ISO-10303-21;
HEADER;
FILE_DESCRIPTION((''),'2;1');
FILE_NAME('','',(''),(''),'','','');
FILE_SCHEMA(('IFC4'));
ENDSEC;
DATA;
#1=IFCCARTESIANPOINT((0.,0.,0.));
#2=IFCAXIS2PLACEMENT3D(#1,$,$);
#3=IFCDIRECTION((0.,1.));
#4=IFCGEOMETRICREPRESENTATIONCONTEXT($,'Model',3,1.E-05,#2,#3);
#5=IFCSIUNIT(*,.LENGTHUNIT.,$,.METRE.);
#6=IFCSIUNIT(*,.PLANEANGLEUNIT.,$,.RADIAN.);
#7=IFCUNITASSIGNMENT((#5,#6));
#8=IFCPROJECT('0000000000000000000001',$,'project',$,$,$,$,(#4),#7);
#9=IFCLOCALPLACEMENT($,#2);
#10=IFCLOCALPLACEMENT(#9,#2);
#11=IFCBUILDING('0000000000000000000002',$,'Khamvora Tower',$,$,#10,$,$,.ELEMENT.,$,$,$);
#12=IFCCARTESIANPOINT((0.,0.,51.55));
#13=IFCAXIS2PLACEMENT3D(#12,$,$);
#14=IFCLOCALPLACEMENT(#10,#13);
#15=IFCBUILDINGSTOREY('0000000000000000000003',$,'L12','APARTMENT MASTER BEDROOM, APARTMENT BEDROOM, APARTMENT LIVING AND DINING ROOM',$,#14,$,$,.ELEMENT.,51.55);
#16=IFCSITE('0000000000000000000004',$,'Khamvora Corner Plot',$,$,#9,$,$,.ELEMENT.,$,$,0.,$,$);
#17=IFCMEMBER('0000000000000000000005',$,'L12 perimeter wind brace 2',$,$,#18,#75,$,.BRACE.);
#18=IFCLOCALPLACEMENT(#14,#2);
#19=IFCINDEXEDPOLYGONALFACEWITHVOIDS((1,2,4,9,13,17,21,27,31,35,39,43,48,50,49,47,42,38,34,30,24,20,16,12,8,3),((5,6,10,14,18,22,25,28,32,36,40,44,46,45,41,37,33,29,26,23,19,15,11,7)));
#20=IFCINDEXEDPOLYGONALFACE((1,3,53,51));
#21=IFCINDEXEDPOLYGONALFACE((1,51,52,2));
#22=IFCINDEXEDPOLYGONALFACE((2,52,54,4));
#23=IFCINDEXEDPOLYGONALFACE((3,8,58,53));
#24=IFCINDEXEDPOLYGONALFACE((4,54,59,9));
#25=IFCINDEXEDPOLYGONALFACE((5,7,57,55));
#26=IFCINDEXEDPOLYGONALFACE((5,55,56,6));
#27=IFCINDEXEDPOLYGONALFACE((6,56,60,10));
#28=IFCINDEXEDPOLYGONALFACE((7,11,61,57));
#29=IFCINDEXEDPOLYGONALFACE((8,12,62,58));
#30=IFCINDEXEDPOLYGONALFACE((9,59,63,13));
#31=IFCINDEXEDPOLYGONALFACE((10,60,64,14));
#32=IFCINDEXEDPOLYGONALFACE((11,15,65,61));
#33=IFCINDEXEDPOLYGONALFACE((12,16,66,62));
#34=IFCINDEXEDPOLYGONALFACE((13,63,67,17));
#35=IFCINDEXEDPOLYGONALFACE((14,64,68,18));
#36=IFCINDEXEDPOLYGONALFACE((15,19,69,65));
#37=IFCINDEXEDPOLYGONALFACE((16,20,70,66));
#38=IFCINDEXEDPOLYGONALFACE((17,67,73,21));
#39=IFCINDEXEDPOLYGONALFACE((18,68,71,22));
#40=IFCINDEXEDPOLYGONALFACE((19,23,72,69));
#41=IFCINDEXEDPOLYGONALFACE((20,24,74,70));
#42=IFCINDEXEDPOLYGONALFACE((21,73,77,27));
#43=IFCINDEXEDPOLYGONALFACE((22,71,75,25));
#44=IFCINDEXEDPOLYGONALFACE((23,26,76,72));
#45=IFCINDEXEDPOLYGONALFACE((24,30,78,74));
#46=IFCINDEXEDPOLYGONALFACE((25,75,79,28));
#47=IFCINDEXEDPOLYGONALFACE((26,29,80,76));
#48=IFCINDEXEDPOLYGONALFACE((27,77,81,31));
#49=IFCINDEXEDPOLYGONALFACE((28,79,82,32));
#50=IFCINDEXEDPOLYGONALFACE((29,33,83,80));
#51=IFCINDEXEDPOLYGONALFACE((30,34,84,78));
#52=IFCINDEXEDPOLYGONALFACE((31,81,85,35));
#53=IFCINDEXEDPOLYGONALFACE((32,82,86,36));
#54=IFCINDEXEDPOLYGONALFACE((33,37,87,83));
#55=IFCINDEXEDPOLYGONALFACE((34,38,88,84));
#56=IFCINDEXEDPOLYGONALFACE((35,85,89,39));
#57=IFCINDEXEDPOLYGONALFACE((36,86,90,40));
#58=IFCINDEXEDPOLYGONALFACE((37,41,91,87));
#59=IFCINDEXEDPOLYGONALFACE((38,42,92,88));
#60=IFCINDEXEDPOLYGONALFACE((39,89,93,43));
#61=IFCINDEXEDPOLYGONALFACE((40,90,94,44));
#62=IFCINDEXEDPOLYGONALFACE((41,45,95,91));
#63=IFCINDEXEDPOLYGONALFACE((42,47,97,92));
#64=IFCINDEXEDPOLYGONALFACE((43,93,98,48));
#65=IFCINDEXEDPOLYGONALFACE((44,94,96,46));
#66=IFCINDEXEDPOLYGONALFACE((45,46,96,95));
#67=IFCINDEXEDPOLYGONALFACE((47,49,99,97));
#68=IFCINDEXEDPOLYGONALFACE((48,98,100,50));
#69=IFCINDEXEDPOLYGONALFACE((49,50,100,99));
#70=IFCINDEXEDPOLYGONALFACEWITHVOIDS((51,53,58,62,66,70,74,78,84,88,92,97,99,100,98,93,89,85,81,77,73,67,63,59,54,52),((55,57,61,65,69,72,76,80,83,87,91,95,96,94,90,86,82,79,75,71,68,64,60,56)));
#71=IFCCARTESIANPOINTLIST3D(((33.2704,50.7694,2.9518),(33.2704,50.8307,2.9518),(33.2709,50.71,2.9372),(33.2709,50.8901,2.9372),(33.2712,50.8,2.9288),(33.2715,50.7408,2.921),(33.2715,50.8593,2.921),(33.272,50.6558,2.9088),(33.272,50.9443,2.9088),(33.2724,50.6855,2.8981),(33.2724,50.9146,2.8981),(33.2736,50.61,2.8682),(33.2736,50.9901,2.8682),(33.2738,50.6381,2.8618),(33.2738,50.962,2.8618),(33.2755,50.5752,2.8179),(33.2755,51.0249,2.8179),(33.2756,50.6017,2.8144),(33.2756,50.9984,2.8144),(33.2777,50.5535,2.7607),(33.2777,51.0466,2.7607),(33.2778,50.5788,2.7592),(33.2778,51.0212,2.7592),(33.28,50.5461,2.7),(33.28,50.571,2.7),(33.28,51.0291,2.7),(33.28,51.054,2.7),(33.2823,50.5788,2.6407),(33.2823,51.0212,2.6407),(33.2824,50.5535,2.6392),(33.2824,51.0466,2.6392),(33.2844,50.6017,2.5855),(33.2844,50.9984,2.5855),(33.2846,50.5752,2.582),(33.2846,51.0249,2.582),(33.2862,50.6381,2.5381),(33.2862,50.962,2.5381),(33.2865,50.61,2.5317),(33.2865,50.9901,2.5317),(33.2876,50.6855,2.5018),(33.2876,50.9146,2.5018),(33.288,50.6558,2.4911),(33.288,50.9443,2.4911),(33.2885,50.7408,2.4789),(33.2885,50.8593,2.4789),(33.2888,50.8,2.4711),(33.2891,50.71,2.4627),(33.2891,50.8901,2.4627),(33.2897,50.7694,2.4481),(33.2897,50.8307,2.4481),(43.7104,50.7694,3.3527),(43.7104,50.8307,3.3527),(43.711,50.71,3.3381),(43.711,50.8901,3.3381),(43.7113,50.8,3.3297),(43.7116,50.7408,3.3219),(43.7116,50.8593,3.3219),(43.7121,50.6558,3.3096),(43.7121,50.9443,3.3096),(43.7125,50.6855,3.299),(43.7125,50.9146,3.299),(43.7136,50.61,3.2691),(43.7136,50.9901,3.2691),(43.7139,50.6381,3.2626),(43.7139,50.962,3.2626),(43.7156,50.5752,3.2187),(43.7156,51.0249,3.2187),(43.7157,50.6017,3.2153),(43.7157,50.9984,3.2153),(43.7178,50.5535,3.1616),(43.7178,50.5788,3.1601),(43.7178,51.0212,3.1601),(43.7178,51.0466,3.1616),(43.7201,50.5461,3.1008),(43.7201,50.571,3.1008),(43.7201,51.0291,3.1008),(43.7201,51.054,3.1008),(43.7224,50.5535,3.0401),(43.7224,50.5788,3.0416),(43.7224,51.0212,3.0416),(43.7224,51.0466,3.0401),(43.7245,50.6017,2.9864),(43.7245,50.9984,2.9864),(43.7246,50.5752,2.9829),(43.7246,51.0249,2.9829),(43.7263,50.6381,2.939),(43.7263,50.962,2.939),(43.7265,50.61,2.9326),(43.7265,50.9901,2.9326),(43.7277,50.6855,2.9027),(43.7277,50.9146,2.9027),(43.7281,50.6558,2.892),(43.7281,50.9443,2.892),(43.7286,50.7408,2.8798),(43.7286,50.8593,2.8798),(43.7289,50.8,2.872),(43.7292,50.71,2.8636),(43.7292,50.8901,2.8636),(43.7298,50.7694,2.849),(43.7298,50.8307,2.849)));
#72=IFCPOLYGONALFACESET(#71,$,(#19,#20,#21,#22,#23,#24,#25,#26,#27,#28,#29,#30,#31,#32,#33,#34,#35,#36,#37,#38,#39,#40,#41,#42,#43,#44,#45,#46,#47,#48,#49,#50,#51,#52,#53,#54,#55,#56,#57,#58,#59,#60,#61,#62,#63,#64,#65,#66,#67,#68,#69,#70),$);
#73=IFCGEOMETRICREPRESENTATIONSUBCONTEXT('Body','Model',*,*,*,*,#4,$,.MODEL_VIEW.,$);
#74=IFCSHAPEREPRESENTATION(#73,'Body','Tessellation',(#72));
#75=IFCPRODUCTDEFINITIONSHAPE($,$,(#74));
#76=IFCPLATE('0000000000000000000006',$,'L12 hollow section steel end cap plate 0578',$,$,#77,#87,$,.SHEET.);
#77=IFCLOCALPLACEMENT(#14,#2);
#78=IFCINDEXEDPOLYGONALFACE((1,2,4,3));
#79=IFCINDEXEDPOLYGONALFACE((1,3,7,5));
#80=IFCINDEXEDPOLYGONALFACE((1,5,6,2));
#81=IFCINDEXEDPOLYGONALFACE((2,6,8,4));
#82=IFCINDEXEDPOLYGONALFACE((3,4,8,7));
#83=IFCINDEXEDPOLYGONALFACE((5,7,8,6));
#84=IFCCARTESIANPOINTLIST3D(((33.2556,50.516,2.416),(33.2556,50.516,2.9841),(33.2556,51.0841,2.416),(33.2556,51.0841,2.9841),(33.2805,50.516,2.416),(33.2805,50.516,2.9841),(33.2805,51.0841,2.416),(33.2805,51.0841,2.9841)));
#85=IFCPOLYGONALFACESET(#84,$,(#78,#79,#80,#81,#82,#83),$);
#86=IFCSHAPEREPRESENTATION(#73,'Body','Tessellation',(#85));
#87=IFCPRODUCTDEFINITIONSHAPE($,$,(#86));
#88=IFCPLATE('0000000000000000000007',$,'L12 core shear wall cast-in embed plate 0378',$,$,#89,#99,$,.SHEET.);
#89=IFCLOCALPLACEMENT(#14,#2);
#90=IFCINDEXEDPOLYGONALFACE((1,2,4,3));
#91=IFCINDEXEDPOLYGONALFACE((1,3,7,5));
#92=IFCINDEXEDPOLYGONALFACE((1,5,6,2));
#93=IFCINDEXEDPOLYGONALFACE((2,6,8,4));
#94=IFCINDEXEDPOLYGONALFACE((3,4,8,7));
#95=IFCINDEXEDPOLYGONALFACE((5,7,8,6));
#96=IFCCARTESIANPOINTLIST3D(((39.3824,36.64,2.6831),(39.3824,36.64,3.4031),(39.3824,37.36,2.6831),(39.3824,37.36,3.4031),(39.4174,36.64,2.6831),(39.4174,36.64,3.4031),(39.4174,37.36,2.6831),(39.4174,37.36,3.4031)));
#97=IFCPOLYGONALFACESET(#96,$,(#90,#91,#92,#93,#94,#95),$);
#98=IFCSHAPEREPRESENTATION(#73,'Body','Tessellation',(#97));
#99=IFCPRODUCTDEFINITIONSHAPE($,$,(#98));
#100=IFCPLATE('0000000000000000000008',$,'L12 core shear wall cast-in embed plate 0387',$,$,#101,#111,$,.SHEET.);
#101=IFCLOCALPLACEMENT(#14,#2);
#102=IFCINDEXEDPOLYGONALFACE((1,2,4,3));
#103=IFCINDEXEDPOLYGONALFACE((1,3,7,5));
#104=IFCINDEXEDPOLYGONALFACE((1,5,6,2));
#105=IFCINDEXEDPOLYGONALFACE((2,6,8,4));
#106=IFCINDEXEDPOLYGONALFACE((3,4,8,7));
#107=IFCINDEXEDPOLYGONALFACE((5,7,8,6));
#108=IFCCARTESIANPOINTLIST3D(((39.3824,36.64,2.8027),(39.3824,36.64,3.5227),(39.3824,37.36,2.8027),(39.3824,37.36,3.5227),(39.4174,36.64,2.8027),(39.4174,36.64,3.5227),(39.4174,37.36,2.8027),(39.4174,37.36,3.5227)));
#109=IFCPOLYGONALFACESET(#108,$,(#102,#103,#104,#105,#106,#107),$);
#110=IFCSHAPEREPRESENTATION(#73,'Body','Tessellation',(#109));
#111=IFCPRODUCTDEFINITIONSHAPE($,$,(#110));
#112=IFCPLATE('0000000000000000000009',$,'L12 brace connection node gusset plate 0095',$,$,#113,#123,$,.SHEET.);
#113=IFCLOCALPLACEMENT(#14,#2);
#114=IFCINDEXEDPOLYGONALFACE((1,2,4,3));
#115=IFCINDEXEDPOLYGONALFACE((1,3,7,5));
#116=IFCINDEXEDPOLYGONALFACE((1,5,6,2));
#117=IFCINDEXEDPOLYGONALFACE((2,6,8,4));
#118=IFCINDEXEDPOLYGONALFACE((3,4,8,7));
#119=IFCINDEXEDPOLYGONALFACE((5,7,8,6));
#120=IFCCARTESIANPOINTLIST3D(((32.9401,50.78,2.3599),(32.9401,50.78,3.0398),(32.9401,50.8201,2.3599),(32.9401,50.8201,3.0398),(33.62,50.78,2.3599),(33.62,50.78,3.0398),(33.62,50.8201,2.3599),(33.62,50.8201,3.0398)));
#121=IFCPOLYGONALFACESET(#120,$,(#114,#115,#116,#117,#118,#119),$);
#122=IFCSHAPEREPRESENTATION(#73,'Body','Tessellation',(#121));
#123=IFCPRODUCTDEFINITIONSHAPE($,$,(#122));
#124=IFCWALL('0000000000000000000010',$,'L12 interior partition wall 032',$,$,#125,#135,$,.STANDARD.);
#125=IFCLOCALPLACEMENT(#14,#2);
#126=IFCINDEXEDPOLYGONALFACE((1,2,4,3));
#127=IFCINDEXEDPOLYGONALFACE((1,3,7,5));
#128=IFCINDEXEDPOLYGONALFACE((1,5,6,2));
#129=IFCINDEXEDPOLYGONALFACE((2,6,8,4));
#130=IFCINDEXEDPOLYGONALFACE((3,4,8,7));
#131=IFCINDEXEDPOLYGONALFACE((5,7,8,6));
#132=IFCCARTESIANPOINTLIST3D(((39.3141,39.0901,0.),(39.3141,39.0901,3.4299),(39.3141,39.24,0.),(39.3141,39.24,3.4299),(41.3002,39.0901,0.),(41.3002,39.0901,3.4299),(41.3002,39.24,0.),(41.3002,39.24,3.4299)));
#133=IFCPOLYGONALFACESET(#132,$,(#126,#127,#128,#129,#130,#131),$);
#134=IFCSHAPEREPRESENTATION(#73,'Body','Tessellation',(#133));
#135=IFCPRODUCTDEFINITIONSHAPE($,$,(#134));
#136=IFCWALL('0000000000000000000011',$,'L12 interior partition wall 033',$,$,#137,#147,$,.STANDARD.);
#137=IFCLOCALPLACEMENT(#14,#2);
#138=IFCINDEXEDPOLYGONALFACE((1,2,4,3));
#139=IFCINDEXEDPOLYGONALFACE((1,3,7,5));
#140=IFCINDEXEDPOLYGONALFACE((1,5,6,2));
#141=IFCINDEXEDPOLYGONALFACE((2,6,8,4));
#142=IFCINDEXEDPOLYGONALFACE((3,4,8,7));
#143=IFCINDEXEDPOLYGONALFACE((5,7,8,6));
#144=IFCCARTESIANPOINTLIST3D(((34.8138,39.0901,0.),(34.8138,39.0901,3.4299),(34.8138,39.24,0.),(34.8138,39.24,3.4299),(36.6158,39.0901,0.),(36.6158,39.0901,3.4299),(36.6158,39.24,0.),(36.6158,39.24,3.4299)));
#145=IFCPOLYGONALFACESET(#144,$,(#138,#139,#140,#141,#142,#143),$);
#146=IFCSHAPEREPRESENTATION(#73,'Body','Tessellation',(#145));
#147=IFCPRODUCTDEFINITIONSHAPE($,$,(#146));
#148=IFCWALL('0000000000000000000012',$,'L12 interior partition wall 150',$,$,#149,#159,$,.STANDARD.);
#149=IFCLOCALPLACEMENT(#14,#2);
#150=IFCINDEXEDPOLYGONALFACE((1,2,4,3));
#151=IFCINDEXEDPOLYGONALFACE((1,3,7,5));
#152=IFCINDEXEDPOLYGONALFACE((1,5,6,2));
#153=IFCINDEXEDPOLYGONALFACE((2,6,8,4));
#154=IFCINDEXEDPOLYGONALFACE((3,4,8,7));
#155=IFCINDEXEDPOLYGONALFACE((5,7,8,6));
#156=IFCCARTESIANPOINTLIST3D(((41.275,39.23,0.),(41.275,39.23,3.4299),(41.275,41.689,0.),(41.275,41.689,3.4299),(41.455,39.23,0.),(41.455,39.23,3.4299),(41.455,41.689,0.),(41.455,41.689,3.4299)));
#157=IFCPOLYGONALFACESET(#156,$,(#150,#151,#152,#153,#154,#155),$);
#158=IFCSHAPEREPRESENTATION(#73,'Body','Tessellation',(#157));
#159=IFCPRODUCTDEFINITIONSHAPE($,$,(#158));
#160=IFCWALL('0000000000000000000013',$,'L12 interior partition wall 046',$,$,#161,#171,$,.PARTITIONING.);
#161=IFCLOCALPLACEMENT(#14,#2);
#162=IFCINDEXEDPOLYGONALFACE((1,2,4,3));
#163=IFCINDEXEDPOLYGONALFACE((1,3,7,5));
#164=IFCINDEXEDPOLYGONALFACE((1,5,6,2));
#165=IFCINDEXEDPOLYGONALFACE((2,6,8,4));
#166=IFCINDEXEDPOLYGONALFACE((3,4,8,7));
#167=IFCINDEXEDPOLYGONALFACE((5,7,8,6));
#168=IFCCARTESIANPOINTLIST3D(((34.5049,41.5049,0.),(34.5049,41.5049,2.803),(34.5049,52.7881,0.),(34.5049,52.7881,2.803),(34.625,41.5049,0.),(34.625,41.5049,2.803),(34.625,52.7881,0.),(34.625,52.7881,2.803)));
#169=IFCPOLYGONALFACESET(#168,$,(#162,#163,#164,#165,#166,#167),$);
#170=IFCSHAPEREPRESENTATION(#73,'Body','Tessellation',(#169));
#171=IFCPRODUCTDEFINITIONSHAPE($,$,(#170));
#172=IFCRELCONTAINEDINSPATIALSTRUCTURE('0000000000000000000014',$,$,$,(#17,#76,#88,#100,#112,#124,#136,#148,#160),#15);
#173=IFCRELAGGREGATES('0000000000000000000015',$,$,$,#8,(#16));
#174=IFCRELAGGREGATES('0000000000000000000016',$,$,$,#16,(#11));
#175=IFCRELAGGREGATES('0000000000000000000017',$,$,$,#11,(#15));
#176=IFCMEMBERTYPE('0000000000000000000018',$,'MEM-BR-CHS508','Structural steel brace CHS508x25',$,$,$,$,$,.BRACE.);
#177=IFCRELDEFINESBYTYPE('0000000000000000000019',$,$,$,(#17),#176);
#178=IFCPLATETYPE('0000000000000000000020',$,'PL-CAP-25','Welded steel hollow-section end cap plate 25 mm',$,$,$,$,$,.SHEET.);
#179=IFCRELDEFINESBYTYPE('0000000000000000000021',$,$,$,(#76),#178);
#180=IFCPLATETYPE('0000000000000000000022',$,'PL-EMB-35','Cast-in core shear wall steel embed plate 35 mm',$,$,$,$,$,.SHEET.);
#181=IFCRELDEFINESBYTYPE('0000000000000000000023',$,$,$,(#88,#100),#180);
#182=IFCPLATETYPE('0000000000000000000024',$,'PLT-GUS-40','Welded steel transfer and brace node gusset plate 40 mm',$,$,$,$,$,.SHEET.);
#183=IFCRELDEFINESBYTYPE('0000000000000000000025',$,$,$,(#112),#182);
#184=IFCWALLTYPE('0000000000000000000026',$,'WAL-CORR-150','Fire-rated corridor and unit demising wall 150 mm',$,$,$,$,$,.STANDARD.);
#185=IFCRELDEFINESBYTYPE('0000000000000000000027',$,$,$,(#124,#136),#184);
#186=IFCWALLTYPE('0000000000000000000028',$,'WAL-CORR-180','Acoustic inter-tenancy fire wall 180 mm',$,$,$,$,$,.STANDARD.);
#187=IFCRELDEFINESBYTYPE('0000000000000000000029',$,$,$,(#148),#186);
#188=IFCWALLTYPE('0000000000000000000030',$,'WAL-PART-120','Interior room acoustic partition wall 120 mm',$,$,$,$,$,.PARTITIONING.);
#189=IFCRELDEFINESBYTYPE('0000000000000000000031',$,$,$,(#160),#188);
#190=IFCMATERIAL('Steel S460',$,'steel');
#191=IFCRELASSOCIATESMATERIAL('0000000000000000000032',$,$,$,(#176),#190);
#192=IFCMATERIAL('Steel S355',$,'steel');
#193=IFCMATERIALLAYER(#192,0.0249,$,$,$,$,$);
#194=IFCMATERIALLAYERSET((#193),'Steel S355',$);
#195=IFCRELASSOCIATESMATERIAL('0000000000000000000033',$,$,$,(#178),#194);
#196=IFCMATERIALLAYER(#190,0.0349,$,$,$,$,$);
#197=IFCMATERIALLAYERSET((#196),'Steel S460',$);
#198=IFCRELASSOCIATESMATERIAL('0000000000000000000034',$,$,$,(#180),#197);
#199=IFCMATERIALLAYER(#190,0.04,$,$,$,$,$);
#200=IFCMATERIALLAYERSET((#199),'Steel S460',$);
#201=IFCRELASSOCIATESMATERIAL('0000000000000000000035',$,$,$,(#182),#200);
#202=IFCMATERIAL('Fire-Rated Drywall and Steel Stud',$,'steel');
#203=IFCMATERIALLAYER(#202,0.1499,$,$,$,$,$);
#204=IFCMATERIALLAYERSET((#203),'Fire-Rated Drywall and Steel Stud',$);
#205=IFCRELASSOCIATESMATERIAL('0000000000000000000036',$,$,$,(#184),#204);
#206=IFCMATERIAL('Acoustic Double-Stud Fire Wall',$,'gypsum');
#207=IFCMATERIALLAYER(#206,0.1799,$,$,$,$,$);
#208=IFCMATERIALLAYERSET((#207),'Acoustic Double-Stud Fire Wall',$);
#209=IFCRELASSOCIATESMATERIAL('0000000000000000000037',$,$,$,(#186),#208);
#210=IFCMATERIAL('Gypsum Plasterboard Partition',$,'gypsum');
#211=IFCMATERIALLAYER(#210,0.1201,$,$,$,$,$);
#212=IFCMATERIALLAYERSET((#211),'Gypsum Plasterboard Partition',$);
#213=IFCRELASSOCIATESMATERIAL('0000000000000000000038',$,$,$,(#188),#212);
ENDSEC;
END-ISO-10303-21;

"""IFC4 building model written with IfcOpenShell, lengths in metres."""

from ifc_helpers import new_model, si_unit, direction, frame, frame_2d, origin, origin_2d, place, context, subcontext, project, spatial, rectangle, hollow_circle, extrude, material, layer, layer_set, material_profile, profile_set, type_object, element, save


model = new_model("IFC4")

# Units and contexts
model_context = context("Model", 3, precision=1e-05, world=origin(), true_north=direction((0.0, 1.0)))
body_context = subcontext(model_context, "Body", "Model", "MODEL_VIEW")
ifc_project = project(units=[si_unit("LENGTHUNIT", "METRE"), si_unit("PLANEANGLEUNIT", "RADIAN")], contexts=[model_context])

# Site, building, storey
site_placement = place(None, origin())
site = spatial("IfcSite", under=ifc_project, at=site_placement, Name="Khamvora Corner Plot", CompositionType="ELEMENT", RefElevation=0.0)
building_placement = place(site_placement, origin())
building = spatial("IfcBuilding", under=site, at=building_placement, Name="Khamvora Tower", CompositionType="ELEMENT")
storey_placement = place(building_placement, frame((0.0, 0.0, 51.55)))
storey = spatial("IfcBuildingStorey", under=building, at=storey_placement, Name="L12", Description="APARTMENT MASTER BEDROOM, APARTMENT BEDROOM, APARTMENT LIVING AND DINING ROOM", CompositionType="ELEMENT", Elevation=51.55)

# Shared definitions
ifc_material_1 = material(Name="Steel S460", Category="steel")

# Shared definitions
ifc_material_2 = material(Name="Steel S355", Category="steel")

# Member
ifc_material_profile_1 = material_profile(ifc_material_1, hollow_circle(Radius=0.2539, WallThickness=0.0249, at=origin_2d()), Name="CHS508x25")
ifc_profile_set_1 = profile_set([ifc_material_profile_1], Name="Steel S460")
member_type = type_object("IfcMemberType", Name="MEM-BR-CHS508", Description="Structural steel brace CHS508x25", PredefinedType="BRACE", material=ifc_profile_set_1)
member_placement = place(storey_placement, frame((33.28, 50.8, 2.7), z_axis=(0.999264, 0.0, 0.03837), x_axis=(0.0, 1.0, 0.0)))
element("IfcMember", 1, at=member_placement, inside=storey, type_object=member_type, Name="L12 perimeter wind brace 2", PredefinedType="BRACE", context=body_context, shape_type="SweptSolid", body=[
    extrude(hollow_circle(Radius=0.2539, WallThickness=0.0249, at=origin_2d()), origin(), (0.0, 0.0, 1.0), 10.4478),
])

# Plates
ifc_layer_1 = layer(ifc_material_2, 0.0249)
ifc_layer_set_1 = layer_set([ifc_layer_1], Name="Steel S355")
plate_type_1 = type_object("IfcPlateType", Name="PL-CAP-25", Description="Welded steel hollow-section end cap plate 25 mm", PredefinedType="SHEET", material=ifc_layer_set_1)
plate_1_placement = place(storey_placement, frame((33.2681, 50.8, 2.416), z_axis=(0.0, 0.0, 1.0), x_axis=(1.0, 0.0, 0.0)))
element("IfcPlate", 2, at=plate_1_placement, inside=storey, type_object=plate_type_1, Name="L12 hollow section steel end cap plate 0578", PredefinedType="SHEET", context=body_context, shape_type="SweptSolid", body=[
    extrude(rectangle(XDim=0.0249, YDim=0.5681, at=origin_2d()), origin(), (0.0, 0.0, 1.0), 0.5681),
])
ifc_layer_2 = layer(ifc_material_1, 0.0349)
ifc_layer_set_2 = layer_set([ifc_layer_2], Name="Steel S460")
plate_type_2 = type_object("IfcPlateType", Name="PL-EMB-35", Description="Cast-in core shear wall steel embed plate 35 mm", PredefinedType="SHEET", material=ifc_layer_set_2)
for number, where, z_axis, x_axis, name in (
    (3, (39.3999, 37.0, 2.6831), (0.0, 0.0, 1.0), (1.0, 0.0, 0.0), "L12 core shear wall cast-in embed plate 0378"),
    (4, (39.3999, 37.0, 2.8027), (0.0, 0.0, 1.0), (1.0, 0.0, 0.0), "L12 core shear wall cast-in embed plate 0387"),
):
    element("IfcPlate", number, at=place(storey_placement, frame(where, z_axis=z_axis, x_axis=x_axis)), inside=storey, type_object=plate_type_2, Name=name, PredefinedType="SHEET", context=body_context, shape_type="SweptSolid", body=[
        extrude(rectangle(XDim=0.0349, YDim=0.72, at=origin_2d()), origin(), (0.0, 0.0, 1.0), 0.72),
    ])
ifc_layer_3 = layer(ifc_material_1, 0.04)
ifc_layer_set_3 = layer_set([ifc_layer_3], Name="Steel S460")
plate_type_3 = type_object("IfcPlateType", Name="PLT-GUS-40", Description="Welded steel transfer and brace node gusset plate 40 mm", PredefinedType="SHEET", material=ifc_layer_set_3)
plate_2_placement = place(storey_placement, frame((33.28, 50.8, 2.3599), z_axis=(0.0, 0.0, 1.0), x_axis=(1.0, 0.0, 0.0)))
element("IfcPlate", 5, at=plate_2_placement, inside=storey, type_object=plate_type_3, Name="L12 brace connection node gusset plate 0095", PredefinedType="SHEET", context=body_context, shape_type="SweptSolid", body=[
    extrude(rectangle(XDim=0.6799, YDim=0.04, at=origin_2d()), origin(), (0.0, 0.0, 1.0), 0.6799),
])

# Shared definitions
ifc_material_3 = material(Name="Fire-Rated Drywall and Steel Stud", Category="steel")
ifc_layer_4 = layer(ifc_material_3, 0.1499)
ifc_layer_set_4 = layer_set([ifc_layer_4], Name="Fire-Rated Drywall and Steel Stud")
wall_type_1 = type_object("IfcWallType", Name="WAL-CORR-150", Description="Fire-rated corridor and unit demising wall 150 mm", PredefinedType="STANDARD", material=ifc_layer_set_4)

# Walls
wall_1_placement = place(storey_placement, frame((39.314, 39.165, 0.0), z_axis=(0.0, 0.0, 1.0), x_axis=(1.0, 0.0, 0.0)))
element("IfcWall", 6, at=wall_1_placement, inside=storey, type_object=wall_type_1, Name="L12 interior partition wall 032", PredefinedType="STANDARD", context=body_context, shape_type="SweptSolid", body=[
    extrude(rectangle(XDim=1.9861, YDim=0.1499, at=frame_2d((0.9932, 0.0))), origin(), (0.0, 0.0, 1.0), 3.4299),
])
wall_2_placement = place(storey_placement, frame((34.814, 39.165, 0.0), z_axis=(0.0, 0.0, 1.0), x_axis=(1.0, 0.0, 0.0)))
element("IfcWall", 7, at=wall_2_placement, inside=storey, type_object=wall_type_1, Name="L12 interior partition wall 033", PredefinedType="STANDARD", context=body_context, shape_type="SweptSolid", body=[
    extrude(rectangle(XDim=1.802, YDim=0.1499, at=frame_2d((0.9009, 0.0))), origin(), (0.0, 0.0, 1.0), 3.4299),
])

# Walls
ifc_material_4 = material(Name="Acoustic Double-Stud Fire Wall", Category="gypsum")
ifc_layer_5 = layer(ifc_material_4, 0.1799)
ifc_layer_set_5 = layer_set([ifc_layer_5], Name="Acoustic Double-Stud Fire Wall")
wall_type_2 = type_object("IfcWallType", Name="WAL-CORR-180", Description="Acoustic inter-tenancy fire wall 180 mm", PredefinedType="STANDARD", material=ifc_layer_set_5)
wall_3_placement = place(storey_placement, frame((41.365, 41.689, 0.0), z_axis=(0.0, 0.0, 1.0), x_axis=(0.0, -1.0, 0.0)))
element("IfcWall", 8, at=wall_3_placement, inside=storey, type_object=wall_type_2, Name="L12 interior partition wall 150", PredefinedType="STANDARD", context=body_context, shape_type="SweptSolid", body=[
    extrude(rectangle(XDim=2.459, YDim=0.1799, at=frame_2d((1.2295, 0.0))), origin(), (0.0, 0.0, 1.0), 3.4299),
])
ifc_material_5 = material(Name="Gypsum Plasterboard Partition", Category="gypsum")
ifc_layer_6 = layer(ifc_material_5, 0.1201)
ifc_layer_set_6 = layer_set([ifc_layer_6], Name="Gypsum Plasterboard Partition")
wall_type_3 = type_object("IfcWallType", Name="WAL-PART-120", Description="Interior room acoustic partition wall 120 mm", PredefinedType="PARTITIONING", material=ifc_layer_set_6)
wall_4_placement = place(storey_placement, frame((34.5649, 52.7881, 0.0), z_axis=(0.0, 0.0, 1.0), x_axis=(0.0, -1.0, 0.0)))
element("IfcWall", 9, at=wall_4_placement, inside=storey, type_object=wall_type_3, Name="L12 interior partition wall 046", PredefinedType="PARTITIONING", context=body_context, shape_type="SweptSolid", body=[
    extrude(rectangle(XDim=11.2832, YDim=0.1201, at=frame_2d((5.6416, 0.0))), origin(), (0.0, 0.0, 1.0), 2.803),
])

save(model, "model.ifc")
